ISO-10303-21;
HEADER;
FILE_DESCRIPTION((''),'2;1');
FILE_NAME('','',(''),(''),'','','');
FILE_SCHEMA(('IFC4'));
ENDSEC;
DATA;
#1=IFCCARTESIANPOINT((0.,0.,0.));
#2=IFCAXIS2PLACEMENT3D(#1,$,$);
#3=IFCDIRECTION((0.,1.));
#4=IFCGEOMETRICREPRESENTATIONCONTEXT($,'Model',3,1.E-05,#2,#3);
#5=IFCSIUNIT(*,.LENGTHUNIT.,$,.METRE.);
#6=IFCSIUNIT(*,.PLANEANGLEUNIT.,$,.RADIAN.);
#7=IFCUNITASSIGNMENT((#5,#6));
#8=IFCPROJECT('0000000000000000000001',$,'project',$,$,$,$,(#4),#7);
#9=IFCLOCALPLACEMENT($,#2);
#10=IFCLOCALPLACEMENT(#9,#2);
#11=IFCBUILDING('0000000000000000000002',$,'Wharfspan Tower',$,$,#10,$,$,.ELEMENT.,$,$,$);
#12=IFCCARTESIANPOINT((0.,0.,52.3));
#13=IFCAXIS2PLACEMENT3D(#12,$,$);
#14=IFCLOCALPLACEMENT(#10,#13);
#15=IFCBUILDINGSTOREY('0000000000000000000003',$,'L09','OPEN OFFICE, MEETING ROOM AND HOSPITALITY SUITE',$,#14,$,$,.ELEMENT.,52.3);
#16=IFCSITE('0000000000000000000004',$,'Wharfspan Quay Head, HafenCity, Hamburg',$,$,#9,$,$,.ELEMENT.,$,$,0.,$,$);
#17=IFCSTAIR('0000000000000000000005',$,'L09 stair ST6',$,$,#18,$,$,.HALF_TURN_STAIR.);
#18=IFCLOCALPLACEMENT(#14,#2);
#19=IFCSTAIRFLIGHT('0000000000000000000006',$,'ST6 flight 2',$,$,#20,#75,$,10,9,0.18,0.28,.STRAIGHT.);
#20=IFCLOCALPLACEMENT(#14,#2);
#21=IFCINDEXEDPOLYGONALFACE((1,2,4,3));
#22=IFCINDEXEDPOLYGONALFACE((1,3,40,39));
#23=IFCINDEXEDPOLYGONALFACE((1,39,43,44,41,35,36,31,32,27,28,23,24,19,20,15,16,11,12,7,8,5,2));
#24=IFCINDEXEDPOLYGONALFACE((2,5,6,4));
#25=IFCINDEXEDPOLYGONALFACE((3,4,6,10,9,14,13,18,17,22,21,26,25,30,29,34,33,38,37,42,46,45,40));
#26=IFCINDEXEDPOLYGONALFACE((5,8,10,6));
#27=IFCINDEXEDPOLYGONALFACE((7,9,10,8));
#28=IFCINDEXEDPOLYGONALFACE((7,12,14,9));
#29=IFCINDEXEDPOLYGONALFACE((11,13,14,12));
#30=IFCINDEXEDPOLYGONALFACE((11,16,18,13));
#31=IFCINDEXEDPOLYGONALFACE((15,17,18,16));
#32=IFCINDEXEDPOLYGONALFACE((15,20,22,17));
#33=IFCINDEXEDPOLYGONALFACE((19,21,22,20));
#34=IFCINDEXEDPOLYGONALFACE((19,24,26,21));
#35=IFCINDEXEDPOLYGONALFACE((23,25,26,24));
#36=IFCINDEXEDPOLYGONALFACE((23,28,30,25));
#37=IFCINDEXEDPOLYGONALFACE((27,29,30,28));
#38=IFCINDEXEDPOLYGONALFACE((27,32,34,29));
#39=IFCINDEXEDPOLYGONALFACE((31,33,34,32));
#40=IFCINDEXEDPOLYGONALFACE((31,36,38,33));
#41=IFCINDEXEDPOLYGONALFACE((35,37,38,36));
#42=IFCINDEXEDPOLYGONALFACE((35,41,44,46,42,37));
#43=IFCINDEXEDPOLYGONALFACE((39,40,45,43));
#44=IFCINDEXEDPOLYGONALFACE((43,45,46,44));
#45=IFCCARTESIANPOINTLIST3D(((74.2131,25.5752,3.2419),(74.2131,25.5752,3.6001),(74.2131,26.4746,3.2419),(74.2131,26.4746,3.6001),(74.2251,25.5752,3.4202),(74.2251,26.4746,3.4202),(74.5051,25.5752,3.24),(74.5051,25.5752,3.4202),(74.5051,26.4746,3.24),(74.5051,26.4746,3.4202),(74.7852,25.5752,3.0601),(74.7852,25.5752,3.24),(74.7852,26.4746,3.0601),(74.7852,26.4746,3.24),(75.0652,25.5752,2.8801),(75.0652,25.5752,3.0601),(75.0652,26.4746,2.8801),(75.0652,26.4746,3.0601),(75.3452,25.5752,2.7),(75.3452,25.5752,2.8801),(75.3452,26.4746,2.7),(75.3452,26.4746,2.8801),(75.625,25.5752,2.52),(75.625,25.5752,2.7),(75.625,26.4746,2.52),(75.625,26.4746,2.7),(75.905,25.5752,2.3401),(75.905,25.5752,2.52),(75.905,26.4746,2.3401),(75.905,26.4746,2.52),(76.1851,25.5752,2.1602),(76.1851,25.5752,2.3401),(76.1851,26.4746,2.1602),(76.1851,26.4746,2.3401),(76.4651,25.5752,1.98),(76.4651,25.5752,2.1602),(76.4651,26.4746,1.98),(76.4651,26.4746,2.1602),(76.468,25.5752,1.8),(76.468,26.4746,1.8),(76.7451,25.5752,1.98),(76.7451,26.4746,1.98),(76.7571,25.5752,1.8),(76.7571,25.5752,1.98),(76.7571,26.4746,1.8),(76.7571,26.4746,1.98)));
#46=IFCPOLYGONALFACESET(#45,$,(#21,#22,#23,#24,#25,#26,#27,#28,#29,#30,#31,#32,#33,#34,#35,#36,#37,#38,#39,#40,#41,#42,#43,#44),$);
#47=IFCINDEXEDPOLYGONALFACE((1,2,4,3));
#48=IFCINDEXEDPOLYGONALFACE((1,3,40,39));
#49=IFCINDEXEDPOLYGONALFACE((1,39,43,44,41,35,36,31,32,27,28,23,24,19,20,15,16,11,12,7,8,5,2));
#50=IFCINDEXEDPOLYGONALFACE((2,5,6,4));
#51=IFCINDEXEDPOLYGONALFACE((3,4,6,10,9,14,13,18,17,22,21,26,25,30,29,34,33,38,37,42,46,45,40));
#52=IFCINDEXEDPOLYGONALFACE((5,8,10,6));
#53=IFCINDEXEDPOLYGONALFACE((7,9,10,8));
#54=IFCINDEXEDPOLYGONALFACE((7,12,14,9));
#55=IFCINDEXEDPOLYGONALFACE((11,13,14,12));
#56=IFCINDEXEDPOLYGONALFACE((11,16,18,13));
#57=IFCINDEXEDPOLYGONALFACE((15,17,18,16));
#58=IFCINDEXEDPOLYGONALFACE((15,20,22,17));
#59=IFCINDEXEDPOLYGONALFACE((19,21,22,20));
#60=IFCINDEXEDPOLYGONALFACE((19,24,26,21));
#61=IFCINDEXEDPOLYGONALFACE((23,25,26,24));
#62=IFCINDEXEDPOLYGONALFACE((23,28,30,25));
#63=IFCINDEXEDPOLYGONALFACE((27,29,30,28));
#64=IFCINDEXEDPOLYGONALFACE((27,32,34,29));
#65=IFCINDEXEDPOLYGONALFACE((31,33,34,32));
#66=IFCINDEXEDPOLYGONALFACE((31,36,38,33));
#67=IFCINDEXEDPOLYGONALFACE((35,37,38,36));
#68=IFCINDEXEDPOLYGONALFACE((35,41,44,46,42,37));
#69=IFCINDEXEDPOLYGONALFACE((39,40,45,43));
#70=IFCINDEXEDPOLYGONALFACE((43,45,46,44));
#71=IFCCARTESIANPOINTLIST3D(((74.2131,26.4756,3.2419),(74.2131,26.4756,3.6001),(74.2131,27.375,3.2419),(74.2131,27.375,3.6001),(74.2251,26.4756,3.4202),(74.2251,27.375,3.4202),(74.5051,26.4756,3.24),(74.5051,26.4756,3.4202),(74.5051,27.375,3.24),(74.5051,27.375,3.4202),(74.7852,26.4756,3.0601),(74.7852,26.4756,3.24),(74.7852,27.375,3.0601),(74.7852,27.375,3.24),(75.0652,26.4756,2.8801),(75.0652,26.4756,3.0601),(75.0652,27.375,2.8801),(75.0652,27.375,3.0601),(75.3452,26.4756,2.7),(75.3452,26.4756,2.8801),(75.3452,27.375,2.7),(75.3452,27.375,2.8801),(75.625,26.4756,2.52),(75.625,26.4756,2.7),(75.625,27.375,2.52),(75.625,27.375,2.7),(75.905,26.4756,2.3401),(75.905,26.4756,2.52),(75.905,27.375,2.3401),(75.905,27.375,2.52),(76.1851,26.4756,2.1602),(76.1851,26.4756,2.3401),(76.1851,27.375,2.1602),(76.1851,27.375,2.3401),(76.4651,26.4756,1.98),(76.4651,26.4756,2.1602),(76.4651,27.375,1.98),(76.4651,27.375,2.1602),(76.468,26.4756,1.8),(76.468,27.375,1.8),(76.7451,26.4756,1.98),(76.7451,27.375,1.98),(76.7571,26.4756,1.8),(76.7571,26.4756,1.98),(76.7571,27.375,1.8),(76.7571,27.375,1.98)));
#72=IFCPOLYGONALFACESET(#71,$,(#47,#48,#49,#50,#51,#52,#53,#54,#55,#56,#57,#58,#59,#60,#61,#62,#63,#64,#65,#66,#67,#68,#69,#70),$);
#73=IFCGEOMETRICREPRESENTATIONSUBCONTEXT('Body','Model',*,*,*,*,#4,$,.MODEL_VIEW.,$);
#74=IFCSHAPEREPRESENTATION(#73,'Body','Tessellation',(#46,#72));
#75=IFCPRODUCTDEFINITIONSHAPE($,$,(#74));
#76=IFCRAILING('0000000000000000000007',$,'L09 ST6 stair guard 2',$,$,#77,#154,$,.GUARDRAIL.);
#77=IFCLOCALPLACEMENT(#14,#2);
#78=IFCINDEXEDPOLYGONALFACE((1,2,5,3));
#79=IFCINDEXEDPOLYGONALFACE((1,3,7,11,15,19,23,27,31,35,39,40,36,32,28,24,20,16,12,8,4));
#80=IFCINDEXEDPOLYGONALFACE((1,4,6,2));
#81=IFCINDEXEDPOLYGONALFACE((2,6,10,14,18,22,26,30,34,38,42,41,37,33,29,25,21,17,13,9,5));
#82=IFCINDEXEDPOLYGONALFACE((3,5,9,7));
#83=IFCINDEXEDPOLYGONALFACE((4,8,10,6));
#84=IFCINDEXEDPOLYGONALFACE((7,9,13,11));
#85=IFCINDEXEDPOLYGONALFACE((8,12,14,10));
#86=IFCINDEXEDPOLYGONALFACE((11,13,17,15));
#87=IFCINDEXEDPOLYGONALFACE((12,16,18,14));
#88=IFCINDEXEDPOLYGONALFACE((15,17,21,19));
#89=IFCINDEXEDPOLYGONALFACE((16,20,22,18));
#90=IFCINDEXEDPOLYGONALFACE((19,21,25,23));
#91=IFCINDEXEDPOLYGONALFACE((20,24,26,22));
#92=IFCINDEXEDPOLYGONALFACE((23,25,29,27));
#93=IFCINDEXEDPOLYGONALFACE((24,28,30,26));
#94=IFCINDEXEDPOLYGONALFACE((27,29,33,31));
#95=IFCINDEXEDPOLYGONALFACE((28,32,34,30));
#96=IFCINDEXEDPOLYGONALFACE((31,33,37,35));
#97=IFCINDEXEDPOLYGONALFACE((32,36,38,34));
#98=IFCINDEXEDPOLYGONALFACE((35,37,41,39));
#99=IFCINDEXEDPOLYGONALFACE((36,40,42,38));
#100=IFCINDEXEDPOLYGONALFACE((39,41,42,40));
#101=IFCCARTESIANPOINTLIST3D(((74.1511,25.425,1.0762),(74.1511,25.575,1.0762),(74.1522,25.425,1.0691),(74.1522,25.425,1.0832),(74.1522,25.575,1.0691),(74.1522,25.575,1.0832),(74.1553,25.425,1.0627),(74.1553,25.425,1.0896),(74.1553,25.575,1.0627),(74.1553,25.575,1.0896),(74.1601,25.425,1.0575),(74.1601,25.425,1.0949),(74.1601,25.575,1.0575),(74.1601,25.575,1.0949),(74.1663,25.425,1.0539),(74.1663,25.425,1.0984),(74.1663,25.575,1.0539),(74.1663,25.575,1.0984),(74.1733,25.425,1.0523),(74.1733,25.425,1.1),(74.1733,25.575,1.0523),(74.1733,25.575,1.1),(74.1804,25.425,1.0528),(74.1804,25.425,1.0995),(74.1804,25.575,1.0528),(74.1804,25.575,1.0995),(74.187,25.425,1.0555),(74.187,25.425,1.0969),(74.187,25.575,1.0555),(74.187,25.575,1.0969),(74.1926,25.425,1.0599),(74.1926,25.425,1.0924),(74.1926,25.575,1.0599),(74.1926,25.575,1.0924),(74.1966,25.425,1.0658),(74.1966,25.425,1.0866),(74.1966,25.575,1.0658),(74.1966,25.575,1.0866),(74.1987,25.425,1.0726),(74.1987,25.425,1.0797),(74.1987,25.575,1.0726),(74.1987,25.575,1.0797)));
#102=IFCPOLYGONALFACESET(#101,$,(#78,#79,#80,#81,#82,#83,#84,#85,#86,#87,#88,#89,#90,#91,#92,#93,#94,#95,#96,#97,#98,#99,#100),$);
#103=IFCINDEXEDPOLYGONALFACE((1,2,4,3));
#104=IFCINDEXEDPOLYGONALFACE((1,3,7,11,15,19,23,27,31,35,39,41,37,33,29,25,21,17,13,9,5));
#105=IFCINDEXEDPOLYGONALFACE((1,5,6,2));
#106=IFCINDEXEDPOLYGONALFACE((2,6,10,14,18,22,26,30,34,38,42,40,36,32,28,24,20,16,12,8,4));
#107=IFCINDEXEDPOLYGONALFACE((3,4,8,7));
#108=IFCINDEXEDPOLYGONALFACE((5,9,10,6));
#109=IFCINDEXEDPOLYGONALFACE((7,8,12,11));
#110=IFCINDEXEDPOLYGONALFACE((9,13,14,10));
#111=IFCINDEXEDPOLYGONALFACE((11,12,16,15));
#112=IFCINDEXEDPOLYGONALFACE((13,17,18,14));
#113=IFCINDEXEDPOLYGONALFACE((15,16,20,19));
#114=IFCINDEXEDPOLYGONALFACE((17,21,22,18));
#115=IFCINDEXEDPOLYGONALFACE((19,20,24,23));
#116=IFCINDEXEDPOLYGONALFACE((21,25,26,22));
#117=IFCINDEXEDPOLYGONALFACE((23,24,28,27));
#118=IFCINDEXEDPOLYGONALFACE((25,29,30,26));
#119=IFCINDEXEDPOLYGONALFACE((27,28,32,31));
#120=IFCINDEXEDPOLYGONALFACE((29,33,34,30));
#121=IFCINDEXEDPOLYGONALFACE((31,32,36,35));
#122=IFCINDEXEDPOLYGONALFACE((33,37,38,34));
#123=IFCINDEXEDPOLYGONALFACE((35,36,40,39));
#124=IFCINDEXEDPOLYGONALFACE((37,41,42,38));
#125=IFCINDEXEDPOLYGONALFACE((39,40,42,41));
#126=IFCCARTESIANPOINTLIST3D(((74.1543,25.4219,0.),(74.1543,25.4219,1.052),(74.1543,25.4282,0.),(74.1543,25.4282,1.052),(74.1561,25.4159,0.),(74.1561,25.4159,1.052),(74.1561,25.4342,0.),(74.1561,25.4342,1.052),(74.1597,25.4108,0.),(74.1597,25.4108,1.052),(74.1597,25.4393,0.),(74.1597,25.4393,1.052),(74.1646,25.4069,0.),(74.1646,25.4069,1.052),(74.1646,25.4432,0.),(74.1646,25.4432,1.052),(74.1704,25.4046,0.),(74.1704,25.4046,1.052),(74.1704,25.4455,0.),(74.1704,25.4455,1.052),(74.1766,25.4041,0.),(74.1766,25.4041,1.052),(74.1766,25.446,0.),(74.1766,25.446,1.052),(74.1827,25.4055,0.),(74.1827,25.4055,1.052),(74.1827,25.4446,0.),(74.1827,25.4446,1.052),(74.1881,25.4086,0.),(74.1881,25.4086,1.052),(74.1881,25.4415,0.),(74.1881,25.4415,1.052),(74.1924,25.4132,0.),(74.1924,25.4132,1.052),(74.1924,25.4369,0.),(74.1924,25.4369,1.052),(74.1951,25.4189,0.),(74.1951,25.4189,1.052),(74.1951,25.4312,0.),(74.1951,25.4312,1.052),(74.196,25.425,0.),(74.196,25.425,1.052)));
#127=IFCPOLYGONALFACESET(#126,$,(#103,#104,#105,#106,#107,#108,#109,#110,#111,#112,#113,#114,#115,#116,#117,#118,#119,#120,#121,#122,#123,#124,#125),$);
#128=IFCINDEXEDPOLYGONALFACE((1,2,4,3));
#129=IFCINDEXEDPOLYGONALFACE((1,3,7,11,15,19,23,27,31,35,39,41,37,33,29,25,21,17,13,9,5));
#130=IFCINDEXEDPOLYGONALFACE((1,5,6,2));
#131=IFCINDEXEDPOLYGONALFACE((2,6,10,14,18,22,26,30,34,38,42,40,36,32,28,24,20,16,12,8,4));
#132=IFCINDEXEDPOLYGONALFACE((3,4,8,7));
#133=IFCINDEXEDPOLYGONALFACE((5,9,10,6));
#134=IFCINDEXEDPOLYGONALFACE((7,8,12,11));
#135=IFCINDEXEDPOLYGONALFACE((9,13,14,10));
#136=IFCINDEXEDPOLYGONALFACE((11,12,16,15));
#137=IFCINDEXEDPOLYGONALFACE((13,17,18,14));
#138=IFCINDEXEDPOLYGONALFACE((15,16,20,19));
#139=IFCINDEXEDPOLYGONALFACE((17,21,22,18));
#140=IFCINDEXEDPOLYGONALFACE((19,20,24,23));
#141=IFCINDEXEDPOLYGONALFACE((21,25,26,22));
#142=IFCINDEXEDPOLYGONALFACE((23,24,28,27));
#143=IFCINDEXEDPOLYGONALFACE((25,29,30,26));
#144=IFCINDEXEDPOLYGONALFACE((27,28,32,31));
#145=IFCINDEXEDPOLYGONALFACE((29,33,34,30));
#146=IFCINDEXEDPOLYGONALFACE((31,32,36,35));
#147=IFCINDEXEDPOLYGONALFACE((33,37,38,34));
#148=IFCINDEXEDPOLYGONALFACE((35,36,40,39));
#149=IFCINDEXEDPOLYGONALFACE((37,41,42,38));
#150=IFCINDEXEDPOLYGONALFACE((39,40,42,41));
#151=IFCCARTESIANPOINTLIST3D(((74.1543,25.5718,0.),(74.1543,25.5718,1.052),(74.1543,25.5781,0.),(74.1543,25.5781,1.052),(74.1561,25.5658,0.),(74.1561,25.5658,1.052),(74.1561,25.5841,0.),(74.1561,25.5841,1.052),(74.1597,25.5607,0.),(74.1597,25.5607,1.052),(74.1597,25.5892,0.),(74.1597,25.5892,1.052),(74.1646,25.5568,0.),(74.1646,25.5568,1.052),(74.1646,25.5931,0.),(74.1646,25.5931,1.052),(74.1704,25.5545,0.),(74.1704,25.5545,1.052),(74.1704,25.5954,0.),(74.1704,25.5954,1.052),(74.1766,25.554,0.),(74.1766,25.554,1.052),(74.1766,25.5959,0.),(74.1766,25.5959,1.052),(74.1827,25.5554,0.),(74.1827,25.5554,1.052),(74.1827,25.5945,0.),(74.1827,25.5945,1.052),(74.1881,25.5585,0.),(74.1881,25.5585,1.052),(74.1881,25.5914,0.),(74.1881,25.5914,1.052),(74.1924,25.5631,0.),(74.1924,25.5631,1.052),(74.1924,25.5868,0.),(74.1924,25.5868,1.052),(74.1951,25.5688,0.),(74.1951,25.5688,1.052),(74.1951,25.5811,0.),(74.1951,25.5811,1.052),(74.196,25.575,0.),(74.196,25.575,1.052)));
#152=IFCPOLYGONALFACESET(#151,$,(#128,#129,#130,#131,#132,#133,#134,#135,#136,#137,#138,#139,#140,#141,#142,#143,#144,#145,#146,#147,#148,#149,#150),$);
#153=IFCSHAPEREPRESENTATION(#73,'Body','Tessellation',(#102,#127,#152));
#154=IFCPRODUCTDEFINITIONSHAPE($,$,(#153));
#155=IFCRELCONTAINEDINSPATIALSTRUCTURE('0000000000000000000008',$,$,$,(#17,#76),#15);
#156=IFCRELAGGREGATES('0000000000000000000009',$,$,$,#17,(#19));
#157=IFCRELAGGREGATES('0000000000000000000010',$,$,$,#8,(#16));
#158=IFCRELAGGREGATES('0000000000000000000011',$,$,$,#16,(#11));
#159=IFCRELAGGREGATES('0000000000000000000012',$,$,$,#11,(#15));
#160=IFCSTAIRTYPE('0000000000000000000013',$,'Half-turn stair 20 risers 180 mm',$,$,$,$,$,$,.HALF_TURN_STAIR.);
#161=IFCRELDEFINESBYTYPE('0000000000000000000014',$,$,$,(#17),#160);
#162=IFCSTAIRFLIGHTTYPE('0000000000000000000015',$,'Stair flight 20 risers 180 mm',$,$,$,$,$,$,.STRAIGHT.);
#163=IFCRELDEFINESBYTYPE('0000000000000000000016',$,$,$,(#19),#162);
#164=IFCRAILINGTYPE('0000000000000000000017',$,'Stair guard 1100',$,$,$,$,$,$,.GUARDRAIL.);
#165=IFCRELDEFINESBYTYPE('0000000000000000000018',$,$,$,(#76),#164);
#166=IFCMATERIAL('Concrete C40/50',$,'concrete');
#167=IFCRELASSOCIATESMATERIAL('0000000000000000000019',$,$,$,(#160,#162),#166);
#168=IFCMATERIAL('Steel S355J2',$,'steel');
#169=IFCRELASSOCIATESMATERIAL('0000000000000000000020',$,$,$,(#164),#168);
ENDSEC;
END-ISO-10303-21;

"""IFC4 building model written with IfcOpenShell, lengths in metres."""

from ifc_helpers import new_model, si_unit, direction, frame, origin, origin_2d, place, context, subcontext, project, spatial, polyline, circle, outline, extrude, material, type_object, element, aggregate, save


model = new_model("IFC4")

# Units and contexts
model_context = context("Model", 3, precision=1e-05, world=origin(), true_north=direction((0.0, 1.0)))
body_context = subcontext(model_context, "Body", "Model", "MODEL_VIEW")
ifc_project = project(units=[si_unit("LENGTHUNIT", "METRE"), si_unit("PLANEANGLEUNIT", "RADIAN")], contexts=[model_context])

# Site, building, storey
site_placement = place(None, origin())
site = spatial("IfcSite", under=ifc_project, at=site_placement, Name="Wharfspan Quay Head, HafenCity, Hamburg", CompositionType="ELEMENT", RefElevation=0.0)
building_placement = place(site_placement, origin())
building = spatial("IfcBuilding", under=site, at=building_placement, Name="Wharfspan Tower", CompositionType="ELEMENT")
storey_placement = place(building_placement, frame((0.0, 0.0, 52.3)))
storey = spatial("IfcBuildingStorey", under=building, at=storey_placement, Name="L09", Description="OPEN OFFICE, MEETING ROOM AND HOSPITALITY SUITE", CompositionType="ELEMENT", Elevation=52.3)

# Shared definitions
ifc_material_1 = material(Name="Steel S355J2", Category="steel")

# Shared definitions
ifc_material_2 = material(Name="Concrete C40/50", Category="concrete")

# Stair, stair flight
stair_type = type_object("IfcStairType", Name="Half-turn stair 20 risers 180 mm", PredefinedType="HALF_TURN_STAIR", material=ifc_material_2)
stair_placement = place(storey_placement, origin())
stair = element("IfcStair", 1, at=stair_placement, inside=storey, type_object=stair_type, Name="L09 stair ST6", PredefinedType="HALF_TURN_STAIR")
stair_flight_type = type_object("IfcStairFlightType", Name="Stair flight 20 risers 180 mm", PredefinedType="STRAIGHT", material=ifc_material_2)
stair_flight_1_placement = place(storey_placement, frame((76.7451, 26.4751, 1.8), z_axis=(0.0, 0.0, 1.0), x_axis=(-1.0, 0.0, 0.0)))
stair_flight_1 = element("IfcStairFlight", 2, at=stair_flight_1_placement, type_object=stair_flight_type, Name="ST6 flight 2", NumberOfRisers=10, NumberOfTreads=9, PredefinedType="STRAIGHT", RiserHeight=0.18, TreadLength=0.28, context=body_context, shape_type="SweptSolid", body=[
    extrude(outline(polyline([(-0.012, 0.0), (-0.012, 0.1799), (0.0, 0.1799), (0.28, 0.1799), (0.28, 0.3601), (0.5601, 0.3601), (0.5601, 0.54), (0.8401, 0.54), (0.8401, 0.72), (1.1201, 0.72), (1.1201, 0.8999), (1.3999, 0.8999), (1.3999, 1.0801), (1.6799, 1.0801), (1.6799, 1.26), (1.96, 1.26), (1.96, 1.4399), (2.24, 1.4399), (2.24, 1.6201), (2.52, 1.6201), (2.532, 1.8), (2.532, 1.4419), (0.2771, 0.0), (-0.012, 0.0)])), frame((0.0, 0.8999, 0.0), z_axis=(0.0, -1.0, 0.0), x_axis=(1.0, 0.0, 0.0)), (0.0, 0.0, 1.0), 0.8994),
    extrude(outline(polyline([(-0.012, 0.0), (-0.012, 0.1799), (0.0, 0.1799), (0.28, 0.1799), (0.28, 0.3601), (0.5601, 0.3601), (0.5601, 0.54), (0.8401, 0.54), (0.8401, 0.72), (1.1201, 0.72), (1.1201, 0.8999), (1.3999, 0.8999), (1.3999, 1.0801), (1.6799, 1.0801), (1.6799, 1.26), (1.96, 1.26), (1.96, 1.4399), (2.24, 1.4399), (2.24, 1.6201), (2.52, 1.6201), (2.532, 1.8), (2.532, 1.4419), (0.2771, 0.0), (-0.012, 0.0)])), frame((0.0, -0.0005, 0.0), z_axis=(0.0, -1.0, 0.0), x_axis=(1.0, 0.0, 0.0)), (0.0, 0.0, 1.0), 0.8994),
])
aggregate(stair, [stair_flight_1])

# Railing
railing_type_1 = type_object("IfcRailingType", Name="Stair guard 1100", PredefinedType="GUARDRAIL", material=ifc_material_1)
railing_1_placement = place(storey_placement, frame((74.175, 25.425, 0.0)))
element("IfcRailing", 3, at=railing_1_placement, inside=storey, type_object=railing_type_1, Name="L09 ST6 stair guard 2", PredefinedType="GUARDRAIL", context=body_context, shape_type="SweptSolid", body=[
    extrude(circle(Radius=0.0239, at=origin_2d()), frame((0.0, 0.0, 1.0762), z_axis=(0.0, 1.0, 0.0), x_axis=(-1.0, 0.0, 0.0)), (0.0, 0.0, 1.0), 0.1499),
    extrude(circle(Radius=0.021, at=origin_2d()), origin(), (0.0, 0.0, 1.0), 1.052),
    extrude(circle(Radius=0.021, at=origin_2d()), frame((0.0, 0.1499, 0.0)), (0.0, 0.0, 1.0), 1.052),
])

save(model, "model.ifc")
